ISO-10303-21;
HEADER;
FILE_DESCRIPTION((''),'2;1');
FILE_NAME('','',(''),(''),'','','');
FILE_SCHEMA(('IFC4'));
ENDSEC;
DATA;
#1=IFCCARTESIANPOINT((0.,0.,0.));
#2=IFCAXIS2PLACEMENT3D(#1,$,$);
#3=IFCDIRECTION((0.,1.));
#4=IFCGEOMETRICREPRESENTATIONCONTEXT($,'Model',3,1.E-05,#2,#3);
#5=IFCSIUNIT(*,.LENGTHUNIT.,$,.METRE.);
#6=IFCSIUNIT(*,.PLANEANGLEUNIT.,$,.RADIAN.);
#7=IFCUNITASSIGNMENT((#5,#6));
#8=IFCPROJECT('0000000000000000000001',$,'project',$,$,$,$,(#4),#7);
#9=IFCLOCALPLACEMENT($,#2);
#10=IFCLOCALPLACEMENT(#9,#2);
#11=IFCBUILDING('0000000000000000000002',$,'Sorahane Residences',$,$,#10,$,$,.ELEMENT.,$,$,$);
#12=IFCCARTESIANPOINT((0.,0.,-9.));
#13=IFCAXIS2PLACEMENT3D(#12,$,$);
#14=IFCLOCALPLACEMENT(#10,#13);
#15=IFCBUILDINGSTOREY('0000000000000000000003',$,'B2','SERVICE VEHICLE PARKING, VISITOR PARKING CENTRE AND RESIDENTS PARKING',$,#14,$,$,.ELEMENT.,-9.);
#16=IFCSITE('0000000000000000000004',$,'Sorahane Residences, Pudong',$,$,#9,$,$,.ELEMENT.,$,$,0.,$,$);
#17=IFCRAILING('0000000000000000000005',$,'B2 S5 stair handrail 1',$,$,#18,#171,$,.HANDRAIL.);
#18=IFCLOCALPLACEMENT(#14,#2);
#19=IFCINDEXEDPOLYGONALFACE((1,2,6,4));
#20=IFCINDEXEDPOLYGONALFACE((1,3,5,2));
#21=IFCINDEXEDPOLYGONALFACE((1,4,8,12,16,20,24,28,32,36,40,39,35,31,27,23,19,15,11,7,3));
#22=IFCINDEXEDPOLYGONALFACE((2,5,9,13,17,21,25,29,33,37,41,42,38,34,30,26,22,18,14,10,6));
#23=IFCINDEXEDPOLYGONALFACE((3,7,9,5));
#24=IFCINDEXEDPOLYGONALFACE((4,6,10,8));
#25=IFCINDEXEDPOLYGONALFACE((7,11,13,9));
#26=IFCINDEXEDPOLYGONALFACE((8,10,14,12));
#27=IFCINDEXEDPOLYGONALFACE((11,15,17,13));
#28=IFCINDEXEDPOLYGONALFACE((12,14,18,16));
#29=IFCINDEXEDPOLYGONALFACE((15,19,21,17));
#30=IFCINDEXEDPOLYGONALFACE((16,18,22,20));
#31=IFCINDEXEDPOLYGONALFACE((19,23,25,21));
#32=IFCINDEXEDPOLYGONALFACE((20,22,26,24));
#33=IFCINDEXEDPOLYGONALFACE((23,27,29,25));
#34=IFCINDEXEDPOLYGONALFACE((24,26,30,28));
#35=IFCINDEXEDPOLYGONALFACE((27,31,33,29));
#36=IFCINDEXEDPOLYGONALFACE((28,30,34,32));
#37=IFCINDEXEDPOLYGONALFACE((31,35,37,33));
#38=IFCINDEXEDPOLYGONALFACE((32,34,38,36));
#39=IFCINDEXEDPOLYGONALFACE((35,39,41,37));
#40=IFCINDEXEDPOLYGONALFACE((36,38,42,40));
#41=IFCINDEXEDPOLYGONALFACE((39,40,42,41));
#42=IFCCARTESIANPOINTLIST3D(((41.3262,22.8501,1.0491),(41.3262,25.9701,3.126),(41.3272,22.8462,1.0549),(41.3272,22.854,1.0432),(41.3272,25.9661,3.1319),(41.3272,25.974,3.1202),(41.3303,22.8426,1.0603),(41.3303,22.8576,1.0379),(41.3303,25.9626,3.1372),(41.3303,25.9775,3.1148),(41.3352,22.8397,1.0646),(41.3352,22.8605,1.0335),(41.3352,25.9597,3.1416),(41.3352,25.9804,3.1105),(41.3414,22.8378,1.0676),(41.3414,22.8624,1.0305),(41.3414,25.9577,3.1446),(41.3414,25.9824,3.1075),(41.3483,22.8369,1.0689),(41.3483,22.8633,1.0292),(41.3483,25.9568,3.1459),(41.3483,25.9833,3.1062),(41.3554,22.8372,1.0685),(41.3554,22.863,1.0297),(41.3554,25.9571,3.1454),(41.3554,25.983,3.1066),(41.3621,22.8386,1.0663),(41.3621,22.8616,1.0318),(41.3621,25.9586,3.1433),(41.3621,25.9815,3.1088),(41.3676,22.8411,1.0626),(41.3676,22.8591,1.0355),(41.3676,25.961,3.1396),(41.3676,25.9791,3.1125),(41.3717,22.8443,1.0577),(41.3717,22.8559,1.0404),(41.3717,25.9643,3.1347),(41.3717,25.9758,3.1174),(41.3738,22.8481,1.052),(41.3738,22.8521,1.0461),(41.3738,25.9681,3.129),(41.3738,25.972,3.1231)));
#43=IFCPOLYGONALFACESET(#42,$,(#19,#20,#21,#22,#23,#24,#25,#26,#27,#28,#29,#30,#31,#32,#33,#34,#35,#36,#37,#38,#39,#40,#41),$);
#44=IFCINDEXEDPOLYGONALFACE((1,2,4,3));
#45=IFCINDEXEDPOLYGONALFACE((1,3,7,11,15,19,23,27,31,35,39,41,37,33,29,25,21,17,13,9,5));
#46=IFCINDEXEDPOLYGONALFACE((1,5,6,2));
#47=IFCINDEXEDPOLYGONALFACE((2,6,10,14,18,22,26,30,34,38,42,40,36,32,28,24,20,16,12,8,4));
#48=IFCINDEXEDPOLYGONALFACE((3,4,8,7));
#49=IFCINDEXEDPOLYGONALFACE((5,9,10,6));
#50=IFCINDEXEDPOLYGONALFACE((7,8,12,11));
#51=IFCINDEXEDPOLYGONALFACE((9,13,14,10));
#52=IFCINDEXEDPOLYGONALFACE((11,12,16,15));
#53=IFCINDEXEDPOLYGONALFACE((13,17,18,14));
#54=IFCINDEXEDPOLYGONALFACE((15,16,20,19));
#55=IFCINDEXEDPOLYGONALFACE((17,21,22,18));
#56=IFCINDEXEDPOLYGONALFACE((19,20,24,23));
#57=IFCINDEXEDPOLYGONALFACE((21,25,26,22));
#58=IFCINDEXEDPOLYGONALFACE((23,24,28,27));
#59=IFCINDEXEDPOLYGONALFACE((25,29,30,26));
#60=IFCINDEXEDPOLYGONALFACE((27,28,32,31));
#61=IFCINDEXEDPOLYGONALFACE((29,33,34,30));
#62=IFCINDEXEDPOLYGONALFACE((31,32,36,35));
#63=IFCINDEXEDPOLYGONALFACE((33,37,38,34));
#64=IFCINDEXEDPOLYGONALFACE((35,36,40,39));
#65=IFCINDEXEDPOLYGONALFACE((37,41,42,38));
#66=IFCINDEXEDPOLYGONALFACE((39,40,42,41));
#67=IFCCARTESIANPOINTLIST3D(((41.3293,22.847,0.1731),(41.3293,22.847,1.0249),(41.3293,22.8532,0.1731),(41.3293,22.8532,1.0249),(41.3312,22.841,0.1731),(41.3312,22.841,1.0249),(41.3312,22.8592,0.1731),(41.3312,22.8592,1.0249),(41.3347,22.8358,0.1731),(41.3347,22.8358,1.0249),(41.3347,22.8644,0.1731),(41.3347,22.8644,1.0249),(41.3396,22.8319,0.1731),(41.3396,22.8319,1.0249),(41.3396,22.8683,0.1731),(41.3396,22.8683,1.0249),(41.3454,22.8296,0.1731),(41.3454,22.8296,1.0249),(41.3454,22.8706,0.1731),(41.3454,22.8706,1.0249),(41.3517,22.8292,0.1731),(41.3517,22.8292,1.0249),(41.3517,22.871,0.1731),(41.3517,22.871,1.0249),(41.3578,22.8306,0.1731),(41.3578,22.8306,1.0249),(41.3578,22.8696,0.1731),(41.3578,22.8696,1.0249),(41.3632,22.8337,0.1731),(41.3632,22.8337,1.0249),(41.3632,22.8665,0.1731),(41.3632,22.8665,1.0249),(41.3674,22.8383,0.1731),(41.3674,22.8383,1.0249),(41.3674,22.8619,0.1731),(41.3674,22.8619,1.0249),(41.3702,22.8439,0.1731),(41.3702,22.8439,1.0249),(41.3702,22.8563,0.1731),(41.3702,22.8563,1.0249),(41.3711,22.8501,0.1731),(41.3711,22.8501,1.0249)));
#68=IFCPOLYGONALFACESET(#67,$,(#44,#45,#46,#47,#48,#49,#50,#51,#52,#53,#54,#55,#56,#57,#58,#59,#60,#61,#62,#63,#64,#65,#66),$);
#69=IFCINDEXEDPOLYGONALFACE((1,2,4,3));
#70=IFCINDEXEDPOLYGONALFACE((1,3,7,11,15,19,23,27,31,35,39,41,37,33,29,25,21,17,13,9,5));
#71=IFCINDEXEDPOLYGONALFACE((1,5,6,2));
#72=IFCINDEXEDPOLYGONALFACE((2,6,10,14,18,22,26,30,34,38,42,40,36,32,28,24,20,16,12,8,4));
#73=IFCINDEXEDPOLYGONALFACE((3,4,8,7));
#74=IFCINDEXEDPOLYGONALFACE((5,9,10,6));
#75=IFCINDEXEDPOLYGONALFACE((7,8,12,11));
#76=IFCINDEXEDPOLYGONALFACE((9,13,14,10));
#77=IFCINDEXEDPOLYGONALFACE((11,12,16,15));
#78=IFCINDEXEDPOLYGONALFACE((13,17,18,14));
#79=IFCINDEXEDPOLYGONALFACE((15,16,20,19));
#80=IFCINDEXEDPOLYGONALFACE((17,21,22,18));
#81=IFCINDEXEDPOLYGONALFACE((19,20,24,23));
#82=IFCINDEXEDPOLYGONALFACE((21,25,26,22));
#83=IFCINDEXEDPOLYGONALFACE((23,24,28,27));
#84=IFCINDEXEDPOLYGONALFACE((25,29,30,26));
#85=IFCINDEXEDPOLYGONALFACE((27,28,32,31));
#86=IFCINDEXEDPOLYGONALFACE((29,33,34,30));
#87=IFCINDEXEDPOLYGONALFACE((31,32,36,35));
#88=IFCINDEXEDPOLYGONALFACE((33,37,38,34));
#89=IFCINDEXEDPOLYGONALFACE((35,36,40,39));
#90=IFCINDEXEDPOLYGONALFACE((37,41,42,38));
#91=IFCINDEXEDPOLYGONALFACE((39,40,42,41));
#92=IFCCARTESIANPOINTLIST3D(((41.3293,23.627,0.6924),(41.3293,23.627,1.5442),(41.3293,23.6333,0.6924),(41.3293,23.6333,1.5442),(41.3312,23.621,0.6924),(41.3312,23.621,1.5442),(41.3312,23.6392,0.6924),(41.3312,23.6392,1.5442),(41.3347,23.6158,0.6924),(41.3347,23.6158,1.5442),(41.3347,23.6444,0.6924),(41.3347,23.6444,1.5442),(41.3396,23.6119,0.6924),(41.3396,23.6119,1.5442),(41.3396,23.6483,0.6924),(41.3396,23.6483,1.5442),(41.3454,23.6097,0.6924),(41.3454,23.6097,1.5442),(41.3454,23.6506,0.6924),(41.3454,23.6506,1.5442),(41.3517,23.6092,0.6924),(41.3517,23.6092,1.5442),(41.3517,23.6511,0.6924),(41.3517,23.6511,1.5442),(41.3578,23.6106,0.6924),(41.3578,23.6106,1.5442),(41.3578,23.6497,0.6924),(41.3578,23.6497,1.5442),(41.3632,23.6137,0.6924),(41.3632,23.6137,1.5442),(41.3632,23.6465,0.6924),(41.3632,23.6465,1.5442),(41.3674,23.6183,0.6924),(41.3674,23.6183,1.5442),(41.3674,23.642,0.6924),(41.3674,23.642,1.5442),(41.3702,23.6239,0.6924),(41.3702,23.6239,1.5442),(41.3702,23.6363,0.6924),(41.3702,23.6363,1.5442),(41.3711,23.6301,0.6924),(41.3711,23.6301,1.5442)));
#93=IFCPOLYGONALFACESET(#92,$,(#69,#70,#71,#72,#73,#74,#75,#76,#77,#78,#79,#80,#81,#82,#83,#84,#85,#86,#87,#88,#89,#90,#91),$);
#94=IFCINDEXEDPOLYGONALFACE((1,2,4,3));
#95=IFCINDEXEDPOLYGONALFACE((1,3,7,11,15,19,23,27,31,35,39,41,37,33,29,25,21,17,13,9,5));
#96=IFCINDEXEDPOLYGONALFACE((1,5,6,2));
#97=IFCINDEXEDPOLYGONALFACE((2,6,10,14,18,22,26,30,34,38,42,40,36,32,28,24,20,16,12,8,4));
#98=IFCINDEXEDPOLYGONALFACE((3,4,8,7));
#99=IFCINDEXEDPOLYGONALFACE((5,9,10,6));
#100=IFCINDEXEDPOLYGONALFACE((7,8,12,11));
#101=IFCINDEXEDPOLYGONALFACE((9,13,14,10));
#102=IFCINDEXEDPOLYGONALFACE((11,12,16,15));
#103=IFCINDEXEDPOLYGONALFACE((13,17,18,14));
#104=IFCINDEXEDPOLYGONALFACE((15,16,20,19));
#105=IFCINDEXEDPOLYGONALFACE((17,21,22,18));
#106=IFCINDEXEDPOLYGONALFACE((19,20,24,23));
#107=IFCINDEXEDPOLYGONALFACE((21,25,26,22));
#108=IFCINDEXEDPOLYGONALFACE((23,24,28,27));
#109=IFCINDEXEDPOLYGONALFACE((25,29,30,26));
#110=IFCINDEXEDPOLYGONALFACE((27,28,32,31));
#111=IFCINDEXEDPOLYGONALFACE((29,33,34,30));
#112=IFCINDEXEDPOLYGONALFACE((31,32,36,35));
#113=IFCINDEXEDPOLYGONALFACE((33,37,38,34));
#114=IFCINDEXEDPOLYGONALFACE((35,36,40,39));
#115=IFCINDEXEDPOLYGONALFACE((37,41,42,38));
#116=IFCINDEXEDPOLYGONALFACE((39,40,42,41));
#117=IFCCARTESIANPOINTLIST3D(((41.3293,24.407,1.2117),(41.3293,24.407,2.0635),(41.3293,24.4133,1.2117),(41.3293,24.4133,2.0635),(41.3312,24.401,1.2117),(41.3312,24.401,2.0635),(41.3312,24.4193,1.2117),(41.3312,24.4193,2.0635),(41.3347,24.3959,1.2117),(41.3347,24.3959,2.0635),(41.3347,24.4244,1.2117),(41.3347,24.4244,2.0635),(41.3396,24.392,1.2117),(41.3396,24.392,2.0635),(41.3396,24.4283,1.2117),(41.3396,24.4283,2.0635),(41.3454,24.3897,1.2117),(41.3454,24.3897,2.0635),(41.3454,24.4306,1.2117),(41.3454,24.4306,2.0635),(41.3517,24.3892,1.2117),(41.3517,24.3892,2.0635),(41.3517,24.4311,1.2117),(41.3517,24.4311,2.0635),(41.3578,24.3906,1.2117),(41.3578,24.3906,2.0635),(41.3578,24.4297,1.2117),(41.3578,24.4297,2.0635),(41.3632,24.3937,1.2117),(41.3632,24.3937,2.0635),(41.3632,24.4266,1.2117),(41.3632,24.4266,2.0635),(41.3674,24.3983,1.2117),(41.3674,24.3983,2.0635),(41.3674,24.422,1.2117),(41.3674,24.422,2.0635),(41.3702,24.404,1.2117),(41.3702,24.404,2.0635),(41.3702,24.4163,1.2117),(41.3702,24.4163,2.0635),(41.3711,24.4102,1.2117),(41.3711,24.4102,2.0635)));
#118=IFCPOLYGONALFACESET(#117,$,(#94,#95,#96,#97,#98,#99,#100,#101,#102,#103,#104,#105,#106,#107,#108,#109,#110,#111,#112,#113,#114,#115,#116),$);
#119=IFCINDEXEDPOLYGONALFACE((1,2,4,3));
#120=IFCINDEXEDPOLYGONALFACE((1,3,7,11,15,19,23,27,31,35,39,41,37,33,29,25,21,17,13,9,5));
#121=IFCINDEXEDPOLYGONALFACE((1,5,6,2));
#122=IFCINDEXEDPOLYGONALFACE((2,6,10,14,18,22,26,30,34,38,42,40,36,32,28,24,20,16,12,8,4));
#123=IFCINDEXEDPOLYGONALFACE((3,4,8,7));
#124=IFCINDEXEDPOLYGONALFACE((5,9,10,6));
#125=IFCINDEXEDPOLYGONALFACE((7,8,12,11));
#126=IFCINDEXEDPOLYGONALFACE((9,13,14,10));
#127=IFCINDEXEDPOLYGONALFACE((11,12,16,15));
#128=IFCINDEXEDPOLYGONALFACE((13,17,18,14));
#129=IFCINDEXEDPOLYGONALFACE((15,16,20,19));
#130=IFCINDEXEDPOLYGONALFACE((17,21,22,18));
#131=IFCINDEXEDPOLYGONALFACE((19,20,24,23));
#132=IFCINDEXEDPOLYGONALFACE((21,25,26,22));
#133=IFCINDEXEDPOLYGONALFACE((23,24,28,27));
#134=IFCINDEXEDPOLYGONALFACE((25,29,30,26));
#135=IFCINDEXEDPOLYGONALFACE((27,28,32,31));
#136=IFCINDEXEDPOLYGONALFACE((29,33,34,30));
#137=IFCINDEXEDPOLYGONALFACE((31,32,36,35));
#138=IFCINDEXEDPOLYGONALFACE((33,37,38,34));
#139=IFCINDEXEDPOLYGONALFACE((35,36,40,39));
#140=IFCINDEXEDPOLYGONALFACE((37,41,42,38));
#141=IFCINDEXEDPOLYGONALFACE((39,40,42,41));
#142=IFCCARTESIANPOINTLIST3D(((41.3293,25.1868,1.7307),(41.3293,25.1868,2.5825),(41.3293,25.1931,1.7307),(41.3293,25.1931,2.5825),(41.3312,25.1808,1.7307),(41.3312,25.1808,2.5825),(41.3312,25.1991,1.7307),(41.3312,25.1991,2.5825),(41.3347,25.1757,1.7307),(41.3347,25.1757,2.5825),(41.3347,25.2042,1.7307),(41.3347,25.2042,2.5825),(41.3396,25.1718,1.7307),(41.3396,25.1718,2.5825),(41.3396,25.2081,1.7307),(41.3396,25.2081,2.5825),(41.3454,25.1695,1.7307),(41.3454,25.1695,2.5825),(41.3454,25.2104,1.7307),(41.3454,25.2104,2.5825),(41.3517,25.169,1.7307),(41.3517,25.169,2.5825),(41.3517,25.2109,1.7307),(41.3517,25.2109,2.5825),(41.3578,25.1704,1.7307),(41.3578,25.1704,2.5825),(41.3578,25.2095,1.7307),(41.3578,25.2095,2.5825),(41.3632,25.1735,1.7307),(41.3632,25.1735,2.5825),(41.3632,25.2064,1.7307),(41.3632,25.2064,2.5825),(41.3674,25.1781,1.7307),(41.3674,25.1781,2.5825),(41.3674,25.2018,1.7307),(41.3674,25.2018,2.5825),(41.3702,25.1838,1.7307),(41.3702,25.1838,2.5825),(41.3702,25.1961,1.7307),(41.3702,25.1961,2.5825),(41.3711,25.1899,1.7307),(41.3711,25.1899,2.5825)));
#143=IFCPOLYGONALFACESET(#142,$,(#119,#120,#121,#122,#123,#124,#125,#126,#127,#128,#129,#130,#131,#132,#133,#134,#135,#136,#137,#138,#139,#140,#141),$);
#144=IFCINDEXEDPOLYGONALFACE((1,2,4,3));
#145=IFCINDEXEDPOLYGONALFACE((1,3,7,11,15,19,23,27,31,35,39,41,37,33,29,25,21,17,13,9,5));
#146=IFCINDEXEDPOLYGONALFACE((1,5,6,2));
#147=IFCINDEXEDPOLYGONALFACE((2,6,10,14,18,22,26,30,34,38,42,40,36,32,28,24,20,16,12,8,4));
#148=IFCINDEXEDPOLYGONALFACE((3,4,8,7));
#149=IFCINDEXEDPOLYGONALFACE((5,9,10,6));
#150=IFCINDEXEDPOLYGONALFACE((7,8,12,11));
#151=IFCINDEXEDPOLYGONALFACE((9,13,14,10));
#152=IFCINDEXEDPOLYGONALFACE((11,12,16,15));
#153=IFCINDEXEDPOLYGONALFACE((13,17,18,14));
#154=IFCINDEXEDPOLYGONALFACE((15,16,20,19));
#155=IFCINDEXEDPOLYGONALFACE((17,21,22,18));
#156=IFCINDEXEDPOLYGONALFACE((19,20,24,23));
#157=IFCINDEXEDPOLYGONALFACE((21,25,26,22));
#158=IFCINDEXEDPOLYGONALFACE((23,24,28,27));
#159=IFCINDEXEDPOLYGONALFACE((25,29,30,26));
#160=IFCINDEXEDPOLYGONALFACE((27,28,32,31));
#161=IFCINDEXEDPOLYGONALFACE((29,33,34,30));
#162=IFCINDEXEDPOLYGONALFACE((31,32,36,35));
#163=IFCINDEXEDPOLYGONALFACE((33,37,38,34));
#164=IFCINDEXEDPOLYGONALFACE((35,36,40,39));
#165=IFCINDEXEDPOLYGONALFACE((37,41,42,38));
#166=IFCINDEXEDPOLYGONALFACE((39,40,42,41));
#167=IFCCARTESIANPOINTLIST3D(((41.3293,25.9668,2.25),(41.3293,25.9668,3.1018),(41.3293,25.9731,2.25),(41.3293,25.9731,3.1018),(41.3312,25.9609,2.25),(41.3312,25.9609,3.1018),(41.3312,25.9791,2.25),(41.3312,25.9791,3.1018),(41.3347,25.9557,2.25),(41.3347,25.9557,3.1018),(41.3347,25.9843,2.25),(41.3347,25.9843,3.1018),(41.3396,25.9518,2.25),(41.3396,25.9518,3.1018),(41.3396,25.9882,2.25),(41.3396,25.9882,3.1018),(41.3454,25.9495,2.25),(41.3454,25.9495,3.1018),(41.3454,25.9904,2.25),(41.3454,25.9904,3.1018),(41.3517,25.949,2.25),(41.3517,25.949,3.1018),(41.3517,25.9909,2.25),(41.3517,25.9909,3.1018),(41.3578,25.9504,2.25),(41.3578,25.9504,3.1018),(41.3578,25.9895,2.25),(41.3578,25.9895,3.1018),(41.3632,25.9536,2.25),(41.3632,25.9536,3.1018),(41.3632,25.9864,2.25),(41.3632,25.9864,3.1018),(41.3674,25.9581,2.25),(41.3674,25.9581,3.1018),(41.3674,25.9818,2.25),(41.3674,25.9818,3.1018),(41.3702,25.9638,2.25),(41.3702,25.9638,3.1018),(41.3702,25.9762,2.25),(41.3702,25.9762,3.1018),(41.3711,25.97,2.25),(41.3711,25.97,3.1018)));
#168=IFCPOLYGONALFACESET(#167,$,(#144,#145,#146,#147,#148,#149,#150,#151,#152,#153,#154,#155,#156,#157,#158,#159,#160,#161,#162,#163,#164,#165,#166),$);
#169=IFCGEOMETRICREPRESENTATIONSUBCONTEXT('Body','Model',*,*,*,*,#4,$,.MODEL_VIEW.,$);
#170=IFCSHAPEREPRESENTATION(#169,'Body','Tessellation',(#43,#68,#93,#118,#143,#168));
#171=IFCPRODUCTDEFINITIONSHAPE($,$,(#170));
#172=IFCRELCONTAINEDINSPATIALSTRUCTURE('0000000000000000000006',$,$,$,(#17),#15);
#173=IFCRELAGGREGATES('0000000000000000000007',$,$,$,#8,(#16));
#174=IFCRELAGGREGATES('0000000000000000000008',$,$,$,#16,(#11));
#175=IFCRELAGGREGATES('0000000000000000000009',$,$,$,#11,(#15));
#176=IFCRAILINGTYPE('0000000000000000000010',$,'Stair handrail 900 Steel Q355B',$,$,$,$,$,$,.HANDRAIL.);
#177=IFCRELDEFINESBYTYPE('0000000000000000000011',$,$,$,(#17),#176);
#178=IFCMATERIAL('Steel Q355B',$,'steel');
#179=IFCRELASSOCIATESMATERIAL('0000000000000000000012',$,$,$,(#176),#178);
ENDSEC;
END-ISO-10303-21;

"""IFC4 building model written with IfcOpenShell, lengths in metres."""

from ifc_helpers import new_model, si_unit, direction, frame, origin, origin_2d, place, context, subcontext, project, spatial, circle, extrude, material, type_object, element, save


model = new_model("IFC4")

# Units and contexts
model_context = context("Model", 3, precision=1e-05, world=origin(), true_north=direction((0.0, 1.0)))
body_context = subcontext(model_context, "Body", "Model", "MODEL_VIEW")
ifc_project = project(units=[si_unit("LENGTHUNIT", "METRE"), si_unit("PLANEANGLEUNIT", "RADIAN")], contexts=[model_context])

# Site, building, storey
site_placement = place(None, origin())
site = spatial("IfcSite", under=ifc_project, at=site_placement, Name="Sorahane Residences, Pudong", CompositionType="ELEMENT", RefElevation=0.0)
building_placement = place(site_placement, origin())
building = spatial("IfcBuilding", under=site, at=building_placement, Name="Sorahane Residences", CompositionType="ELEMENT")
storey_placement = place(building_placement, frame((0.0, 0.0, -9.0)))
storey = spatial("IfcBuildingStorey", under=building, at=storey_placement, Name="B2", Description="SERVICE VEHICLE PARKING, VISITOR PARKING CENTRE AND RESIDENTS PARKING", CompositionType="ELEMENT", Elevation=-9.0)

# Railing
ifc_material_1 = material(Name="Steel Q355B", Category="steel")
railing_type_1 = type_object("IfcRailingType", Name="Stair handrail 900 Steel Q355B", PredefinedType="HANDRAIL", material=ifc_material_1)
railing_1_placement = place(storey_placement, frame((41.3501, 22.8501, 0.1731)))
element("IfcRailing", 1, at=railing_1_placement, inside=storey, type_object=railing_type_1, Name="B2 S5 stair handrail 1", PredefinedType="HANDRAIL", context=body_context, shape_type="SweptSolid", body=[
    extrude(circle(Radius=0.0239, at=origin_2d()), frame((0.0, 0.0, 0.876), z_axis=(0.0, 0.832421, 0.554144), x_axis=(-1.0, 0.0, 0.0)), (0.0, 0.0, 1.0), 3.748),
    extrude(circle(Radius=0.021, at=origin_2d()), origin(), (0.0, 0.0, 1.0), 0.8518),
    extrude(circle(Radius=0.021, at=origin_2d()), frame((0.0, 0.78, 0.5193)), (0.0, 0.0, 1.0), 0.8518),
    extrude(circle(Radius=0.021, at=origin_2d()), frame((0.0, 1.5601, 1.0386)), (0.0, 0.0, 1.0), 0.8518),
    extrude(circle(Radius=0.021, at=origin_2d()), frame((0.0, 2.3398, 1.5576)), (0.0, 0.0, 1.0), 0.8518),
    extrude(circle(Radius=0.021, at=origin_2d()), frame((0.0, 3.1199, 2.0769)), (0.0, 0.0, 1.0), 0.8518),
])

save(model, "model.ifc")
